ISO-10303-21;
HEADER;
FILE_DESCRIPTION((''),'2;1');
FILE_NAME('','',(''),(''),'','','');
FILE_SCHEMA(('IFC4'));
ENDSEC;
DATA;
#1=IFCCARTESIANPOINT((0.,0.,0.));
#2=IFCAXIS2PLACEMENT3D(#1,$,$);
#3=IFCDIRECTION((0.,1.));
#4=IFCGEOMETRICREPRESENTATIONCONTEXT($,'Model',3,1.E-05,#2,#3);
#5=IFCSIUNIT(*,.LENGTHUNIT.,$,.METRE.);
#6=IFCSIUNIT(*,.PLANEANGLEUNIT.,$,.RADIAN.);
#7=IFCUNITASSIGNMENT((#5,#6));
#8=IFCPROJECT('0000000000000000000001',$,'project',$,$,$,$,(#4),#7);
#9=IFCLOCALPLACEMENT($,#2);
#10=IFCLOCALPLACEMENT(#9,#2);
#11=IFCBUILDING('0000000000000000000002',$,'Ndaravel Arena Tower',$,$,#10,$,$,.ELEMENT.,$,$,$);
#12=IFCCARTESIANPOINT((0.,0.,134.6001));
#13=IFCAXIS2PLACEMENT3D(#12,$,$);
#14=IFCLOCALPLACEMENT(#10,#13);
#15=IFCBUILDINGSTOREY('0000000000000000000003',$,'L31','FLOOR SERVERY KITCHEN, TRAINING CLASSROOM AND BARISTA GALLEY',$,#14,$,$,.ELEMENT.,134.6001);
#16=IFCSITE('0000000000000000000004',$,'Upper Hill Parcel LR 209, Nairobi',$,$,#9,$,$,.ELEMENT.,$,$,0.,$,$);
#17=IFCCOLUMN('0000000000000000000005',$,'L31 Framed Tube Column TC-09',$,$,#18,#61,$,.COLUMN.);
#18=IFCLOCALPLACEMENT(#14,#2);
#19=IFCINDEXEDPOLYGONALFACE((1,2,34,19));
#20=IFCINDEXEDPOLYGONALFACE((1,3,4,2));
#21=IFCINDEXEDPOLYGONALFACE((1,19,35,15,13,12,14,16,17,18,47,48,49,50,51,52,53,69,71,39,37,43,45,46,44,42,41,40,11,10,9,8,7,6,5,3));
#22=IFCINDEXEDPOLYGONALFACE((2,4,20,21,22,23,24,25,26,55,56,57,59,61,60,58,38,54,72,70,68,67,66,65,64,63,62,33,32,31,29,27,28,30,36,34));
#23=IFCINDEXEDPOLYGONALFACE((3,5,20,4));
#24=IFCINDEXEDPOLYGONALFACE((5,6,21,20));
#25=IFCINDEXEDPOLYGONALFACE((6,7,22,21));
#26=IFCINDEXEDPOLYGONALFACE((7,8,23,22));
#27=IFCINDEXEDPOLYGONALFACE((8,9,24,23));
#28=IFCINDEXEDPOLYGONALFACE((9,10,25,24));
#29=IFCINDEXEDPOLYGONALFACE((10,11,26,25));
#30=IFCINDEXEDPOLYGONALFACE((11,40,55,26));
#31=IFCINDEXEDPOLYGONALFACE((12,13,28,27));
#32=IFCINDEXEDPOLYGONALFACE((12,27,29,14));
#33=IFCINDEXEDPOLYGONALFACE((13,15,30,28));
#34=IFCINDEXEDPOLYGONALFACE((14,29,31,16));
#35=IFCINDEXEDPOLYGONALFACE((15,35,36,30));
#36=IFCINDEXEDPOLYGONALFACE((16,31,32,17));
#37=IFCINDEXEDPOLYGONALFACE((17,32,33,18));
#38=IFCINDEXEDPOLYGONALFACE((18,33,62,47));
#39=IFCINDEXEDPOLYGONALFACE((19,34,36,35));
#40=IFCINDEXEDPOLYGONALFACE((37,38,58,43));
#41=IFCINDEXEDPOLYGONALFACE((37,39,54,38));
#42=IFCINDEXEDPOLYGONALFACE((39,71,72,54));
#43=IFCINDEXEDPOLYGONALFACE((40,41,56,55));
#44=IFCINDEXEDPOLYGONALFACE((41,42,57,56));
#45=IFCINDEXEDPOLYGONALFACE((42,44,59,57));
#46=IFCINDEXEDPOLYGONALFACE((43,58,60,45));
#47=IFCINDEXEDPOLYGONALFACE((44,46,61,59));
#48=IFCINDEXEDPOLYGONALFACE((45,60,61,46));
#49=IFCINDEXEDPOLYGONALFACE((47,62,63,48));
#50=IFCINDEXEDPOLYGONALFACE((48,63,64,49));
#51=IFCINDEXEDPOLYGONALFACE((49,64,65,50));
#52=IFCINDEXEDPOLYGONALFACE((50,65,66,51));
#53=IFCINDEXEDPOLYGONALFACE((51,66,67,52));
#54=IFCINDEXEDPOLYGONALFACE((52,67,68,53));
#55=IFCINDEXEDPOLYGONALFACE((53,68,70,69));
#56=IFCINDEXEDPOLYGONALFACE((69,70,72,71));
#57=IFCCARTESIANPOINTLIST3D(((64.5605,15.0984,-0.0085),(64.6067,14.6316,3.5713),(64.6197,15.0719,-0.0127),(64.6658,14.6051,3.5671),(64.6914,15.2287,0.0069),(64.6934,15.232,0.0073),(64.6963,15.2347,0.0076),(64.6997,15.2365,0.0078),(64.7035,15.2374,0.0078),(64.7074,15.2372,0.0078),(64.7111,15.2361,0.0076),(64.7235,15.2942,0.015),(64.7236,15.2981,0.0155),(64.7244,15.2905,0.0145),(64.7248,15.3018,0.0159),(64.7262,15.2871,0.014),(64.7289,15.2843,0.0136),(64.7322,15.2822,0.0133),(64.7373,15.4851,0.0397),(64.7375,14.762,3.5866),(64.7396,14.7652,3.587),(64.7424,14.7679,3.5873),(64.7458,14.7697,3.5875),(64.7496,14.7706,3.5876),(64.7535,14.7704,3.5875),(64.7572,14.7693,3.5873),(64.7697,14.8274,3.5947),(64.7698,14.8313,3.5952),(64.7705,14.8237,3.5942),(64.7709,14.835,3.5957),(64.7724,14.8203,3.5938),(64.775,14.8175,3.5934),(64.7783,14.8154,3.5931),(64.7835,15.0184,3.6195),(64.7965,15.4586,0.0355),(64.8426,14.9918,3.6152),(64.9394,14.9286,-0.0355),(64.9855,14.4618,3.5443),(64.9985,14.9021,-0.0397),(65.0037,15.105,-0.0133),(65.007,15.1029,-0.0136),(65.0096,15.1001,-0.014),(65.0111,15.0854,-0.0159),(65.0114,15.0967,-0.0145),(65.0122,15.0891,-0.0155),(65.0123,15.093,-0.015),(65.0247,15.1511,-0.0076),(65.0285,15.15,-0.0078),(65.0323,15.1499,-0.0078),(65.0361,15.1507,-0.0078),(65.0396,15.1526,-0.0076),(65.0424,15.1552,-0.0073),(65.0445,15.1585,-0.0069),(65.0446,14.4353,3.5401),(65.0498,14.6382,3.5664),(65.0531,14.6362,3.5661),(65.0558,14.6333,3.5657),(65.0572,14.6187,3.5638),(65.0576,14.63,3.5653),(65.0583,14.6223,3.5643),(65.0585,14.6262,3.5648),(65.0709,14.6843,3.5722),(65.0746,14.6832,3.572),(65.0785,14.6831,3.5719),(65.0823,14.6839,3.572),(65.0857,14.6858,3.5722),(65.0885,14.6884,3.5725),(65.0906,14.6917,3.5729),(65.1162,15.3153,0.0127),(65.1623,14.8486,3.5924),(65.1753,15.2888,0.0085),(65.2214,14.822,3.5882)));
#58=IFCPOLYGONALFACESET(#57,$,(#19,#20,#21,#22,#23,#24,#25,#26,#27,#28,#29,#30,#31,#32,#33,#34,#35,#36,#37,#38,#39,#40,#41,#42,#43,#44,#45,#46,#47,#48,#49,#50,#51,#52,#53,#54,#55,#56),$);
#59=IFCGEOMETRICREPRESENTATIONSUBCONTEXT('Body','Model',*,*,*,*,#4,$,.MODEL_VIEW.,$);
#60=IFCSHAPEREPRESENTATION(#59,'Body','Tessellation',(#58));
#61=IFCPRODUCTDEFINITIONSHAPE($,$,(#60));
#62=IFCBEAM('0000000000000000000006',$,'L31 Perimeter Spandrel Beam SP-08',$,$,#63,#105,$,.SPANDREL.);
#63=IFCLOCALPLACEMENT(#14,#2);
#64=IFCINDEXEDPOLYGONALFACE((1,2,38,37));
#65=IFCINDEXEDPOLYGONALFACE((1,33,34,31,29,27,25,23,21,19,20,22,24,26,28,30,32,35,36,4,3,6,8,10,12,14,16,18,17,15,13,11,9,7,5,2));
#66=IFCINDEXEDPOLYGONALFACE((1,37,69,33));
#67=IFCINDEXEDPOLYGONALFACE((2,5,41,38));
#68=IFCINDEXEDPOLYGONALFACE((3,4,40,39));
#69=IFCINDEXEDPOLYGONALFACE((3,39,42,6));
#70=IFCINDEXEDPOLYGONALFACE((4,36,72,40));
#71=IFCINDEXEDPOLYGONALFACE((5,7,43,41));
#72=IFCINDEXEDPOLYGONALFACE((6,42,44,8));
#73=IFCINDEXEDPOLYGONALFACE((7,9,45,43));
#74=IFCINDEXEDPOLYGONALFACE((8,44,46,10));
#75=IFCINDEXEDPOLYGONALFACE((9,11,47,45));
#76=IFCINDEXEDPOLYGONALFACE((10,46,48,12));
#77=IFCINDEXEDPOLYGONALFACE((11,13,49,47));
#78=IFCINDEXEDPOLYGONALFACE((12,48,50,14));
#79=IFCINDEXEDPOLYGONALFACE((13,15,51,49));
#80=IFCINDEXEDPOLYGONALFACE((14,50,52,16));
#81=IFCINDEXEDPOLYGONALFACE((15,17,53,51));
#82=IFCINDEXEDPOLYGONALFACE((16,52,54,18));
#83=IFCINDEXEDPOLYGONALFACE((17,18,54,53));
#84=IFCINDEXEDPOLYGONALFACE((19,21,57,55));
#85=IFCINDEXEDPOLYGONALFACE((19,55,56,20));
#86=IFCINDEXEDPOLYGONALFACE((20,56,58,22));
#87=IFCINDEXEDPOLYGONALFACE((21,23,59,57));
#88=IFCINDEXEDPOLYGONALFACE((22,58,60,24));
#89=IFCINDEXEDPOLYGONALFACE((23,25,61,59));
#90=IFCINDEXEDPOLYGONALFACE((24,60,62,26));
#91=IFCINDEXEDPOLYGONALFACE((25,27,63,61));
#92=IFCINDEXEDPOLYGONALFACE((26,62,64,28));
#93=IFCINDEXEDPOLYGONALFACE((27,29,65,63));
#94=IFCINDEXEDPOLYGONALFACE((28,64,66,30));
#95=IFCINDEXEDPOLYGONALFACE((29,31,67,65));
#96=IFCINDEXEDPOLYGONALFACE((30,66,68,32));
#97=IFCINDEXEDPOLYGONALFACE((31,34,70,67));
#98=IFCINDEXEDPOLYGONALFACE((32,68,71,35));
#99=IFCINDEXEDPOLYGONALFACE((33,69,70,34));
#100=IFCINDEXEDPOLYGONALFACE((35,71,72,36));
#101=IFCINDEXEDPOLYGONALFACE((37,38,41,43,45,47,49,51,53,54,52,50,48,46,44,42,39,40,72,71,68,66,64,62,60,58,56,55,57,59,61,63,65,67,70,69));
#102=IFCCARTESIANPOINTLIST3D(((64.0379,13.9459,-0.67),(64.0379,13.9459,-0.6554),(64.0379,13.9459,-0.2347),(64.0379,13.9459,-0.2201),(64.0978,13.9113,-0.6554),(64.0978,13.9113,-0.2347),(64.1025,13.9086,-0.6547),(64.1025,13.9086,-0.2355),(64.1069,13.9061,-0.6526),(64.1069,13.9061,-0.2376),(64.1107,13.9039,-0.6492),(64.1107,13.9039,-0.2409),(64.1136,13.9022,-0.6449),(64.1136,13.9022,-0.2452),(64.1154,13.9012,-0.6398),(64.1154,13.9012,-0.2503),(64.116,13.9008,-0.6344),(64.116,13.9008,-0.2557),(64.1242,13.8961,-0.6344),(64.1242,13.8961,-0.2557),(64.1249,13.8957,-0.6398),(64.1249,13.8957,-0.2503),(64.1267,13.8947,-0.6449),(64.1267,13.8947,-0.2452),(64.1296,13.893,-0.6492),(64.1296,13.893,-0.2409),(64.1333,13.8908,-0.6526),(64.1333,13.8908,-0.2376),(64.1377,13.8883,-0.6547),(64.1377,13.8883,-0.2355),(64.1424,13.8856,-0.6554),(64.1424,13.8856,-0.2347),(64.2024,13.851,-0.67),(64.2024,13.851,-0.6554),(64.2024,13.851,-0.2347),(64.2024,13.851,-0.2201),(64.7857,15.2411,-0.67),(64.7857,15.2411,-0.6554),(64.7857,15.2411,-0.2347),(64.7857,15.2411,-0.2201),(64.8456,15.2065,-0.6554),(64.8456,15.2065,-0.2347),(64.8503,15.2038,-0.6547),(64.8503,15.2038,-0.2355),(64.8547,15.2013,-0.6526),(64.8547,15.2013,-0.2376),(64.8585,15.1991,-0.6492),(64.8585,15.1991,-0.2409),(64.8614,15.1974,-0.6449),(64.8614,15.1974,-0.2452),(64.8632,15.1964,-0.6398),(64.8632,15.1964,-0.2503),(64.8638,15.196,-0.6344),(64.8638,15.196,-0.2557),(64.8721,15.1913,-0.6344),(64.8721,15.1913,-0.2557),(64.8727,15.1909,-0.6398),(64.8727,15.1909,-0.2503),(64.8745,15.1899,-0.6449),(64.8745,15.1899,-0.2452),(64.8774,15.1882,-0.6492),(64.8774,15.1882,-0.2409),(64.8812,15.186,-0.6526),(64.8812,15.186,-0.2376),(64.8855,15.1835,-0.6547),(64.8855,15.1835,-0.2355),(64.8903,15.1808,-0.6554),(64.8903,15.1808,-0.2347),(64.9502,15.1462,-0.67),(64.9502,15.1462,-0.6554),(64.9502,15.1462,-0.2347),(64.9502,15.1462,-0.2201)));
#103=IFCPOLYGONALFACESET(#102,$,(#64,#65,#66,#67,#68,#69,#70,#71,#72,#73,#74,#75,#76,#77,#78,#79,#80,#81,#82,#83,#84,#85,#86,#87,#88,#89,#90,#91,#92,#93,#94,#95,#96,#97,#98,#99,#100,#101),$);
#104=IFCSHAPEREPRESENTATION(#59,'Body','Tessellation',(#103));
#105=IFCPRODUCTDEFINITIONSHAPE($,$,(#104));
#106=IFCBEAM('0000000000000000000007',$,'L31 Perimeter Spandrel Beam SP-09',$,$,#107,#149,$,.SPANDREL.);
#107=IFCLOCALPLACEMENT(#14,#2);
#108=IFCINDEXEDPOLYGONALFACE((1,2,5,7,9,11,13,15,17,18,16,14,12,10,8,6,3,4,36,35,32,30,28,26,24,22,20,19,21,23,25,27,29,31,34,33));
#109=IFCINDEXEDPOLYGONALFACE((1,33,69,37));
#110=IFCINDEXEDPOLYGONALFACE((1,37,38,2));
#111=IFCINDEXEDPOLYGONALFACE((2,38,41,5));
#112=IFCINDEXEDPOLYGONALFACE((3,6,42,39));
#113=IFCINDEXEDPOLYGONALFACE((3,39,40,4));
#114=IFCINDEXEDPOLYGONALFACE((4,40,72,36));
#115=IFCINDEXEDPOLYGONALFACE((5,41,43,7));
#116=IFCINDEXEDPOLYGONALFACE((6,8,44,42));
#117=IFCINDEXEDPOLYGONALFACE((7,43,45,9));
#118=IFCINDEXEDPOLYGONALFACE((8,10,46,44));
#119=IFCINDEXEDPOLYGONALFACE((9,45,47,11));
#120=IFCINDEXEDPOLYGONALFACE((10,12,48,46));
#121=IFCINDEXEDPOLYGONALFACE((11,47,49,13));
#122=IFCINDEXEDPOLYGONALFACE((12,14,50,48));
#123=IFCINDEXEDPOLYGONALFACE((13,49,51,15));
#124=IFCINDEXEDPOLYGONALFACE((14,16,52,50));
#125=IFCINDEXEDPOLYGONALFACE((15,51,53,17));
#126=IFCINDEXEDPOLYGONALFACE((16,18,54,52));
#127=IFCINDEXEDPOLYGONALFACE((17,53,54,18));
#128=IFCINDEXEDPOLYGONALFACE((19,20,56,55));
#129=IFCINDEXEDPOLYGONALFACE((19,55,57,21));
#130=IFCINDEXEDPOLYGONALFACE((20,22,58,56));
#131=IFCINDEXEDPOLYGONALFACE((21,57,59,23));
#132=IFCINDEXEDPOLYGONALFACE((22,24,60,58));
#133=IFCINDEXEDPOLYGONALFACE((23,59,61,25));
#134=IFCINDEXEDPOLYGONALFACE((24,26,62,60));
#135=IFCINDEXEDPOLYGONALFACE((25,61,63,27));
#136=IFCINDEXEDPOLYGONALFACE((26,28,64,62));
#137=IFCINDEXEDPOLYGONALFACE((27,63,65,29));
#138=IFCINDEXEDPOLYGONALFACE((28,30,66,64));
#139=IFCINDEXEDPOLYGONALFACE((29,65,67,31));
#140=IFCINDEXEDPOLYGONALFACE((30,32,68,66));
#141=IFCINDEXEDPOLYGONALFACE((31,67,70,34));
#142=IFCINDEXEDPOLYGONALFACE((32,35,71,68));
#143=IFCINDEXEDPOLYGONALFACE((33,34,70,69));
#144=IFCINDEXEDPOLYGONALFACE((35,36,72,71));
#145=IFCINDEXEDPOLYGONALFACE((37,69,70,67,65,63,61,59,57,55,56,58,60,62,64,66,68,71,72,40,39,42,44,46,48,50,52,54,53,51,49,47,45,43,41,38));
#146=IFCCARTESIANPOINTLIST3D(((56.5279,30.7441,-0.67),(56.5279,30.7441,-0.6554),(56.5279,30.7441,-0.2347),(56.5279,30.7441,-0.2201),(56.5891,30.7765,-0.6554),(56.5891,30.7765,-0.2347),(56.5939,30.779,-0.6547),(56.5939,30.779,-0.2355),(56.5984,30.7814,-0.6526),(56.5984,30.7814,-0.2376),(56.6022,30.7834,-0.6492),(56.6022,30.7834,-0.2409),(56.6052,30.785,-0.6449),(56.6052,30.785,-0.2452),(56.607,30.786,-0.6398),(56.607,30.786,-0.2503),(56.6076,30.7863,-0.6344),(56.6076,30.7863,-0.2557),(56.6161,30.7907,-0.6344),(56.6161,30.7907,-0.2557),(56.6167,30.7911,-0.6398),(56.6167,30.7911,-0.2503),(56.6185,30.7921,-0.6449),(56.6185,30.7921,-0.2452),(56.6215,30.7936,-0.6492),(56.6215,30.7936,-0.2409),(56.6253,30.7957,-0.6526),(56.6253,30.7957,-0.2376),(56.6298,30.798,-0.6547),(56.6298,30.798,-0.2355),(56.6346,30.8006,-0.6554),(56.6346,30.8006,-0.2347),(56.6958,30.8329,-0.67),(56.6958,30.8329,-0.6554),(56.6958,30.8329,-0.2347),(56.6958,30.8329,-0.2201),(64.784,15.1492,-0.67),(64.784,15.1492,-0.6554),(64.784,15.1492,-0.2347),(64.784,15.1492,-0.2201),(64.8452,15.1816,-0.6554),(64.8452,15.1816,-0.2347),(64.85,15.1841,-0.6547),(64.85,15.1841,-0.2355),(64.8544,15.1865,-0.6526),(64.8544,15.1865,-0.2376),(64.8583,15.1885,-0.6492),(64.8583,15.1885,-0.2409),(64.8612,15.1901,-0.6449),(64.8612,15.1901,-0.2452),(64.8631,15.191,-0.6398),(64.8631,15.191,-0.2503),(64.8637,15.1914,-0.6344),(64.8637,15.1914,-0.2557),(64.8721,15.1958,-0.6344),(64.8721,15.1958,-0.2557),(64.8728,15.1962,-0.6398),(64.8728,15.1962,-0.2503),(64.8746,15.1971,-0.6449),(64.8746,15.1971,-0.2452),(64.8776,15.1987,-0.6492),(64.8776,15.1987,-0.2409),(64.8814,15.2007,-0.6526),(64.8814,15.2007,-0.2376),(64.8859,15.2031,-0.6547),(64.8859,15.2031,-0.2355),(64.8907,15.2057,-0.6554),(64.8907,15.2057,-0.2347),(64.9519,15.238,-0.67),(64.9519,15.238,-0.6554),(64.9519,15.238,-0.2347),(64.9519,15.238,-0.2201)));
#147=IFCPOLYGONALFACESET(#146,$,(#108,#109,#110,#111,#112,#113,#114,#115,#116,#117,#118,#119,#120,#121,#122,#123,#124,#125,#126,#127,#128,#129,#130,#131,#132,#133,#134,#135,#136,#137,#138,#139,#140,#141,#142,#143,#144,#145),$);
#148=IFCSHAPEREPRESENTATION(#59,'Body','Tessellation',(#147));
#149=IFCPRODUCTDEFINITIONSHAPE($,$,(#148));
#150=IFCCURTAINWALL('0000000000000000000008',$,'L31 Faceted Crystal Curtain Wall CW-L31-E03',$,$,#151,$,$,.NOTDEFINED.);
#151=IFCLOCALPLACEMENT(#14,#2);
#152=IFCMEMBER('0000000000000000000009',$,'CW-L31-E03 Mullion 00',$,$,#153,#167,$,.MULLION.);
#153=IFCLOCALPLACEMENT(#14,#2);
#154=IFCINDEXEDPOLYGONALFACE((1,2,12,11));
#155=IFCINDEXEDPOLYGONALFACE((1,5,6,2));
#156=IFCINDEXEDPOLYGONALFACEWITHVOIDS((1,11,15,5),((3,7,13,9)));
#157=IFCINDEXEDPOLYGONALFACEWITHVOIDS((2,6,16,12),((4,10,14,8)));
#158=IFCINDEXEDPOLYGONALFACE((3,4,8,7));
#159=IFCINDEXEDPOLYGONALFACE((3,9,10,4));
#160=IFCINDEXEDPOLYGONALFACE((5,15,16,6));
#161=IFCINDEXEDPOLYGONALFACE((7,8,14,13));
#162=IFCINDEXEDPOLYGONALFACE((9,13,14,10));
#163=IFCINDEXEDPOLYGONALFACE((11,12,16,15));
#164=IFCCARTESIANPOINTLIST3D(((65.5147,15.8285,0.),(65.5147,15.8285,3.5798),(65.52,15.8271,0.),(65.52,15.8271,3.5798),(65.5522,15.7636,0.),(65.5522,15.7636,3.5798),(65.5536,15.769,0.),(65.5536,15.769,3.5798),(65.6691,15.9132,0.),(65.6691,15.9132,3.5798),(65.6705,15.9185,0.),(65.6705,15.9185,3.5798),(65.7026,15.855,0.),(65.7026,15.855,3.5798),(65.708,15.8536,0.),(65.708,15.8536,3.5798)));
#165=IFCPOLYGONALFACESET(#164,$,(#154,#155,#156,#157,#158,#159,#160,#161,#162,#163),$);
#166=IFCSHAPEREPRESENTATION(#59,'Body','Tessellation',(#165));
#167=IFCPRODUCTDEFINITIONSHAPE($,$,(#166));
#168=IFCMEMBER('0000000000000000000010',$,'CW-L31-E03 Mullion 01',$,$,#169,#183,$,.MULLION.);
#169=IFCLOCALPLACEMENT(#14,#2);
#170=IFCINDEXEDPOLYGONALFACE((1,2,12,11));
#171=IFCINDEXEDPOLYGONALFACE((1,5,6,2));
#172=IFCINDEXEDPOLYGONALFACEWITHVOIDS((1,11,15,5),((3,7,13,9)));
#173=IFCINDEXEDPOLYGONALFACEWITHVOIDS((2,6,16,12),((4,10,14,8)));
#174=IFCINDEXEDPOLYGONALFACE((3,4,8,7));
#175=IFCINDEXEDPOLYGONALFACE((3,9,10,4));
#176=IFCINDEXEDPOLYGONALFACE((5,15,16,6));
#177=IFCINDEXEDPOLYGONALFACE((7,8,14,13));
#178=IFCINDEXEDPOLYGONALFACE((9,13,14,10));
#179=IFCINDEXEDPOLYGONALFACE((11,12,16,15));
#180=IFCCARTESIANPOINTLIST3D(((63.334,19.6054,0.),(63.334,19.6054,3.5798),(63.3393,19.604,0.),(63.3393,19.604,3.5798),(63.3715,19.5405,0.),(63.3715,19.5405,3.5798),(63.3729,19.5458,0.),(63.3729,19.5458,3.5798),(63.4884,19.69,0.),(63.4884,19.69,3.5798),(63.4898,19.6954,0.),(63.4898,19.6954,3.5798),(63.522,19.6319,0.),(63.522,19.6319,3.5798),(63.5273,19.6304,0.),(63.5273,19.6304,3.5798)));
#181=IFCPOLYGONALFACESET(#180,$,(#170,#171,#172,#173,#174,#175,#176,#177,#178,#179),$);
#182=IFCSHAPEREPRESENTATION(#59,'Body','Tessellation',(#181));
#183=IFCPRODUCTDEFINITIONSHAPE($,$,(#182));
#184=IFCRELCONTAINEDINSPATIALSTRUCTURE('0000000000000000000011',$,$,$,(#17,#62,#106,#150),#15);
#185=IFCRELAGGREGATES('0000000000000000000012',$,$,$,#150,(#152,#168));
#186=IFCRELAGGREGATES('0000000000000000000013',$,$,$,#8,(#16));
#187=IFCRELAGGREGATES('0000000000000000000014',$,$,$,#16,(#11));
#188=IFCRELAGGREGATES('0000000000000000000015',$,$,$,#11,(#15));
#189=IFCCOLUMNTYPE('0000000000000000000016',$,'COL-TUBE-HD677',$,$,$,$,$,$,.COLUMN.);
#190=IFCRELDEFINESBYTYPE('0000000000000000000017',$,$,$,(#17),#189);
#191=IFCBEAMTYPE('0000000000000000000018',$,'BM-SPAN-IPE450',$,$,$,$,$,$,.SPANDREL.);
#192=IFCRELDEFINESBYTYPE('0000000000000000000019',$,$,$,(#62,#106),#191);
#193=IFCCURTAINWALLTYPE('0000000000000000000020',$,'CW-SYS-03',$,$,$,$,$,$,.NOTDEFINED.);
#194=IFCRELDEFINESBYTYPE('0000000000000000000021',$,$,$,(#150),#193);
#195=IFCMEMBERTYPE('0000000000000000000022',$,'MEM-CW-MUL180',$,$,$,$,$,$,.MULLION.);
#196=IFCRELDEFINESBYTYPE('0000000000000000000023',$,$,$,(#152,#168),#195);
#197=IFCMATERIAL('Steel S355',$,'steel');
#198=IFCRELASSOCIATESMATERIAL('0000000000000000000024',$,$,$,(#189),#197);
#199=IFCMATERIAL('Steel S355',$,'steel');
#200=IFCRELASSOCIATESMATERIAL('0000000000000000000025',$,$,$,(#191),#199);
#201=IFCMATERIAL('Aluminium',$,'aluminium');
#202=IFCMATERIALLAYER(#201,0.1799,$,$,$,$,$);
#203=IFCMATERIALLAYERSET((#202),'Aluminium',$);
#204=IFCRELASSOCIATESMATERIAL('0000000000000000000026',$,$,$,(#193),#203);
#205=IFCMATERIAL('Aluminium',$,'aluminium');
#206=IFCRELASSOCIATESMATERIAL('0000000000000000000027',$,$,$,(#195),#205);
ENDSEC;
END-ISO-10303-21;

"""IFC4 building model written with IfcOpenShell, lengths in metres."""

from ifc_helpers import new_model, si_unit, direction, frame, origin, origin_2d, place, context, subcontext, project, spatial, hollow_rectangle, i_section, extrude, material, layer, layer_set, material_profile, profile_set, type_object, element, aggregate, save


model = new_model("IFC4")

# Units and contexts
model_context = context("Model", 3, precision=1e-05, world=origin(), true_north=direction((0.0, 1.0)))
body_context = subcontext(model_context, "Body", "Model", "MODEL_VIEW")
ifc_project = project(units=[si_unit("LENGTHUNIT", "METRE"), si_unit("PLANEANGLEUNIT", "RADIAN")], contexts=[model_context])

# Site, building, storey
site_placement = place(None, origin())
site = spatial("IfcSite", under=ifc_project, at=site_placement, Name="Upper Hill Parcel LR 209, Nairobi", CompositionType="ELEMENT", RefElevation=0.0)
building_placement = place(site_placement, origin())
building = spatial("IfcBuilding", under=site, at=building_placement, Name="Ndaravel Arena Tower", CompositionType="ELEMENT")
storey_placement = place(building_placement, frame((0.0, 0.0, 134.6001)))
storey = spatial("IfcBuildingStorey", under=building, at=storey_placement, Name="L31", Description="FLOOR SERVERY KITCHEN, TRAINING CLASSROOM AND BARISTA GALLEY", CompositionType="ELEMENT", Elevation=134.6001)

# Column
ifc_material_1 = material(Name="Steel S355", Category="steel")
ifc_material_profile_1 = material_profile(ifc_material_1, i_section(OverallWidth=0.428, OverallDepth=0.481, WebThickness=0.051, FlangeThickness=0.0649, FilletRadius=0.0149, at=origin_2d()), Name="HD 400x677")
ifc_profile_set_1 = profile_set([ifc_material_profile_1], Name="Steel S355")
column_type = type_object("IfcColumnType", Name="COL-TUBE-HD677", PredefinedType="COLUMN", material=ifc_profile_set_1)
column_placement = place(storey_placement, frame((64.8679, 15.1936, 0.0), z_axis=(0.01278, -0.129291, 0.991524), x_axis=(0.413106, 0.903706, 0.112515)))
element("IfcColumn", 1, at=column_placement, inside=storey, type_object=column_type, Name="L31 Framed Tube Column TC-09", PredefinedType="COLUMN", context=body_context, shape_type="SweptSolid", body=[
    extrude(i_section(OverallWidth=0.428, OverallDepth=0.481, WebThickness=0.051, FlangeThickness=0.0649, FilletRadius=0.0149, at=origin_2d()), origin(), (0.0, 0.0, 1.0), 3.6104),
])

# Beams
ifc_material_2 = material(Name="Steel S355", Category="steel")
ifc_material_profile_2 = material_profile(ifc_material_2, i_section(OverallWidth=0.1899, OverallDepth=0.45, WebThickness=0.0095, FlangeThickness=0.0146, FilletRadius=0.021, at=origin_2d()), Name="IPE 450")
ifc_profile_set_2 = profile_set([ifc_material_profile_2], Name="Steel S355")
beam_type = type_object("IfcBeamType", Name="BM-SPAN-IPE450", PredefinedType="SPANDREL", material=ifc_profile_set_2)
beam_1_placement = place(storey_placement, frame((64.1201, 13.8984, -0.4451), z_axis=(0.500019, 0.866014, 0.0), x_axis=(-0.866014, 0.500019, 0.0)))
element("IfcBeam", 2, at=beam_1_placement, inside=storey, type_object=beam_type, Name="L31 Perimeter Spandrel Beam SP-08", PredefinedType="SPANDREL", context=body_context, shape_type="SweptSolid", body=[
    extrude(i_section(OverallWidth=0.1899, OverallDepth=0.45, WebThickness=0.0095, FlangeThickness=0.0146, FilletRadius=0.021, at=origin_2d()), origin(), (0.0, 0.0, 1.0), 1.4956),
])
beam_2_placement = place(storey_placement, frame((64.8679, 15.1936, -0.4451), z_axis=(-0.467885, 0.883789, 0.0), x_axis=(-0.883789, -0.467885, 0.0)))
element("IfcBeam", 3, at=beam_2_placement, inside=storey, type_object=beam_type, Name="L31 Perimeter Spandrel Beam SP-09", PredefinedType="SPANDREL", context=body_context, shape_type="SweptSolid", body=[
    extrude(i_section(OverallWidth=0.1899, OverallDepth=0.45, WebThickness=0.0095, FlangeThickness=0.0146, FilletRadius=0.021, at=origin_2d()), origin(), (0.0, 0.0, 1.0), 17.6455),
])

# Curtain wall, members
ifc_material_3 = material(Name="Aluminium", Category="aluminium")
ifc_layer_1 = layer(ifc_material_3, 0.1799)
ifc_layer_set_1 = layer_set([ifc_layer_1], Name="Aluminium")
curtain_wall_type_1 = type_object("IfcCurtainWallType", Name="CW-SYS-03", PredefinedType="NOTDEFINED", material=ifc_layer_set_1)
curtain_wall_1_placement = place(storey_placement, origin())
curtain_wall_1 = element("IfcCurtainWall", 4, at=curtain_wall_1_placement, inside=storey, type_object=curtain_wall_type_1, Name="L31 Faceted Crystal Curtain Wall CW-L31-E03", PredefinedType="NOTDEFINED")
ifc_material_4 = material(Name="Aluminium", Category="aluminium")
ifc_material_profile_3 = material_profile(ifc_material_4, hollow_rectangle(XDim=0.075, YDim=0.1799, WallThickness=0.0039, at=origin_2d()), Name="CW MULLION 75x180x4")
ifc_profile_set_3 = profile_set([ifc_material_profile_3], Name="Aluminium")
member_type_1 = type_object("IfcMemberType", Name="MEM-CW-MUL180", PredefinedType="MULLION", material=ifc_profile_set_3)
member_1_placement = place(storey_placement, frame((65.6113, 15.8411, 0.0), z_axis=(0.0, 0.0, 1.0), x_axis=(-0.5, 0.866025, 0.0)))
member_1 = element("IfcMember", 5, at=member_1_placement, type_object=member_type_1, Name="CW-L31-E03 Mullion 00", PredefinedType="MULLION", context=body_context, shape_type="SweptSolid", body=[
    extrude(hollow_rectangle(XDim=0.075, YDim=0.1799, WallThickness=0.0039, at=origin_2d()), origin(), (0.0, 0.0, 1.0), 3.5798),
])
member_2_placement = place(storey_placement, frame((63.4307, 19.6179, 0.0), z_axis=(0.0, 0.0, 1.0), x_axis=(-0.5, 0.866025, 0.0)))
member_2 = element("IfcMember", 6, at=member_2_placement, type_object=member_type_1, Name="CW-L31-E03 Mullion 01", PredefinedType="MULLION", context=body_context, shape_type="SweptSolid", body=[
    extrude(hollow_rectangle(XDim=0.075, YDim=0.1799, WallThickness=0.0039, at=origin_2d()), origin(), (0.0, 0.0, 1.0), 3.5798),
])

aggregate(curtain_wall_1, [member_1, member_2])

save(model, "model.ifc")
